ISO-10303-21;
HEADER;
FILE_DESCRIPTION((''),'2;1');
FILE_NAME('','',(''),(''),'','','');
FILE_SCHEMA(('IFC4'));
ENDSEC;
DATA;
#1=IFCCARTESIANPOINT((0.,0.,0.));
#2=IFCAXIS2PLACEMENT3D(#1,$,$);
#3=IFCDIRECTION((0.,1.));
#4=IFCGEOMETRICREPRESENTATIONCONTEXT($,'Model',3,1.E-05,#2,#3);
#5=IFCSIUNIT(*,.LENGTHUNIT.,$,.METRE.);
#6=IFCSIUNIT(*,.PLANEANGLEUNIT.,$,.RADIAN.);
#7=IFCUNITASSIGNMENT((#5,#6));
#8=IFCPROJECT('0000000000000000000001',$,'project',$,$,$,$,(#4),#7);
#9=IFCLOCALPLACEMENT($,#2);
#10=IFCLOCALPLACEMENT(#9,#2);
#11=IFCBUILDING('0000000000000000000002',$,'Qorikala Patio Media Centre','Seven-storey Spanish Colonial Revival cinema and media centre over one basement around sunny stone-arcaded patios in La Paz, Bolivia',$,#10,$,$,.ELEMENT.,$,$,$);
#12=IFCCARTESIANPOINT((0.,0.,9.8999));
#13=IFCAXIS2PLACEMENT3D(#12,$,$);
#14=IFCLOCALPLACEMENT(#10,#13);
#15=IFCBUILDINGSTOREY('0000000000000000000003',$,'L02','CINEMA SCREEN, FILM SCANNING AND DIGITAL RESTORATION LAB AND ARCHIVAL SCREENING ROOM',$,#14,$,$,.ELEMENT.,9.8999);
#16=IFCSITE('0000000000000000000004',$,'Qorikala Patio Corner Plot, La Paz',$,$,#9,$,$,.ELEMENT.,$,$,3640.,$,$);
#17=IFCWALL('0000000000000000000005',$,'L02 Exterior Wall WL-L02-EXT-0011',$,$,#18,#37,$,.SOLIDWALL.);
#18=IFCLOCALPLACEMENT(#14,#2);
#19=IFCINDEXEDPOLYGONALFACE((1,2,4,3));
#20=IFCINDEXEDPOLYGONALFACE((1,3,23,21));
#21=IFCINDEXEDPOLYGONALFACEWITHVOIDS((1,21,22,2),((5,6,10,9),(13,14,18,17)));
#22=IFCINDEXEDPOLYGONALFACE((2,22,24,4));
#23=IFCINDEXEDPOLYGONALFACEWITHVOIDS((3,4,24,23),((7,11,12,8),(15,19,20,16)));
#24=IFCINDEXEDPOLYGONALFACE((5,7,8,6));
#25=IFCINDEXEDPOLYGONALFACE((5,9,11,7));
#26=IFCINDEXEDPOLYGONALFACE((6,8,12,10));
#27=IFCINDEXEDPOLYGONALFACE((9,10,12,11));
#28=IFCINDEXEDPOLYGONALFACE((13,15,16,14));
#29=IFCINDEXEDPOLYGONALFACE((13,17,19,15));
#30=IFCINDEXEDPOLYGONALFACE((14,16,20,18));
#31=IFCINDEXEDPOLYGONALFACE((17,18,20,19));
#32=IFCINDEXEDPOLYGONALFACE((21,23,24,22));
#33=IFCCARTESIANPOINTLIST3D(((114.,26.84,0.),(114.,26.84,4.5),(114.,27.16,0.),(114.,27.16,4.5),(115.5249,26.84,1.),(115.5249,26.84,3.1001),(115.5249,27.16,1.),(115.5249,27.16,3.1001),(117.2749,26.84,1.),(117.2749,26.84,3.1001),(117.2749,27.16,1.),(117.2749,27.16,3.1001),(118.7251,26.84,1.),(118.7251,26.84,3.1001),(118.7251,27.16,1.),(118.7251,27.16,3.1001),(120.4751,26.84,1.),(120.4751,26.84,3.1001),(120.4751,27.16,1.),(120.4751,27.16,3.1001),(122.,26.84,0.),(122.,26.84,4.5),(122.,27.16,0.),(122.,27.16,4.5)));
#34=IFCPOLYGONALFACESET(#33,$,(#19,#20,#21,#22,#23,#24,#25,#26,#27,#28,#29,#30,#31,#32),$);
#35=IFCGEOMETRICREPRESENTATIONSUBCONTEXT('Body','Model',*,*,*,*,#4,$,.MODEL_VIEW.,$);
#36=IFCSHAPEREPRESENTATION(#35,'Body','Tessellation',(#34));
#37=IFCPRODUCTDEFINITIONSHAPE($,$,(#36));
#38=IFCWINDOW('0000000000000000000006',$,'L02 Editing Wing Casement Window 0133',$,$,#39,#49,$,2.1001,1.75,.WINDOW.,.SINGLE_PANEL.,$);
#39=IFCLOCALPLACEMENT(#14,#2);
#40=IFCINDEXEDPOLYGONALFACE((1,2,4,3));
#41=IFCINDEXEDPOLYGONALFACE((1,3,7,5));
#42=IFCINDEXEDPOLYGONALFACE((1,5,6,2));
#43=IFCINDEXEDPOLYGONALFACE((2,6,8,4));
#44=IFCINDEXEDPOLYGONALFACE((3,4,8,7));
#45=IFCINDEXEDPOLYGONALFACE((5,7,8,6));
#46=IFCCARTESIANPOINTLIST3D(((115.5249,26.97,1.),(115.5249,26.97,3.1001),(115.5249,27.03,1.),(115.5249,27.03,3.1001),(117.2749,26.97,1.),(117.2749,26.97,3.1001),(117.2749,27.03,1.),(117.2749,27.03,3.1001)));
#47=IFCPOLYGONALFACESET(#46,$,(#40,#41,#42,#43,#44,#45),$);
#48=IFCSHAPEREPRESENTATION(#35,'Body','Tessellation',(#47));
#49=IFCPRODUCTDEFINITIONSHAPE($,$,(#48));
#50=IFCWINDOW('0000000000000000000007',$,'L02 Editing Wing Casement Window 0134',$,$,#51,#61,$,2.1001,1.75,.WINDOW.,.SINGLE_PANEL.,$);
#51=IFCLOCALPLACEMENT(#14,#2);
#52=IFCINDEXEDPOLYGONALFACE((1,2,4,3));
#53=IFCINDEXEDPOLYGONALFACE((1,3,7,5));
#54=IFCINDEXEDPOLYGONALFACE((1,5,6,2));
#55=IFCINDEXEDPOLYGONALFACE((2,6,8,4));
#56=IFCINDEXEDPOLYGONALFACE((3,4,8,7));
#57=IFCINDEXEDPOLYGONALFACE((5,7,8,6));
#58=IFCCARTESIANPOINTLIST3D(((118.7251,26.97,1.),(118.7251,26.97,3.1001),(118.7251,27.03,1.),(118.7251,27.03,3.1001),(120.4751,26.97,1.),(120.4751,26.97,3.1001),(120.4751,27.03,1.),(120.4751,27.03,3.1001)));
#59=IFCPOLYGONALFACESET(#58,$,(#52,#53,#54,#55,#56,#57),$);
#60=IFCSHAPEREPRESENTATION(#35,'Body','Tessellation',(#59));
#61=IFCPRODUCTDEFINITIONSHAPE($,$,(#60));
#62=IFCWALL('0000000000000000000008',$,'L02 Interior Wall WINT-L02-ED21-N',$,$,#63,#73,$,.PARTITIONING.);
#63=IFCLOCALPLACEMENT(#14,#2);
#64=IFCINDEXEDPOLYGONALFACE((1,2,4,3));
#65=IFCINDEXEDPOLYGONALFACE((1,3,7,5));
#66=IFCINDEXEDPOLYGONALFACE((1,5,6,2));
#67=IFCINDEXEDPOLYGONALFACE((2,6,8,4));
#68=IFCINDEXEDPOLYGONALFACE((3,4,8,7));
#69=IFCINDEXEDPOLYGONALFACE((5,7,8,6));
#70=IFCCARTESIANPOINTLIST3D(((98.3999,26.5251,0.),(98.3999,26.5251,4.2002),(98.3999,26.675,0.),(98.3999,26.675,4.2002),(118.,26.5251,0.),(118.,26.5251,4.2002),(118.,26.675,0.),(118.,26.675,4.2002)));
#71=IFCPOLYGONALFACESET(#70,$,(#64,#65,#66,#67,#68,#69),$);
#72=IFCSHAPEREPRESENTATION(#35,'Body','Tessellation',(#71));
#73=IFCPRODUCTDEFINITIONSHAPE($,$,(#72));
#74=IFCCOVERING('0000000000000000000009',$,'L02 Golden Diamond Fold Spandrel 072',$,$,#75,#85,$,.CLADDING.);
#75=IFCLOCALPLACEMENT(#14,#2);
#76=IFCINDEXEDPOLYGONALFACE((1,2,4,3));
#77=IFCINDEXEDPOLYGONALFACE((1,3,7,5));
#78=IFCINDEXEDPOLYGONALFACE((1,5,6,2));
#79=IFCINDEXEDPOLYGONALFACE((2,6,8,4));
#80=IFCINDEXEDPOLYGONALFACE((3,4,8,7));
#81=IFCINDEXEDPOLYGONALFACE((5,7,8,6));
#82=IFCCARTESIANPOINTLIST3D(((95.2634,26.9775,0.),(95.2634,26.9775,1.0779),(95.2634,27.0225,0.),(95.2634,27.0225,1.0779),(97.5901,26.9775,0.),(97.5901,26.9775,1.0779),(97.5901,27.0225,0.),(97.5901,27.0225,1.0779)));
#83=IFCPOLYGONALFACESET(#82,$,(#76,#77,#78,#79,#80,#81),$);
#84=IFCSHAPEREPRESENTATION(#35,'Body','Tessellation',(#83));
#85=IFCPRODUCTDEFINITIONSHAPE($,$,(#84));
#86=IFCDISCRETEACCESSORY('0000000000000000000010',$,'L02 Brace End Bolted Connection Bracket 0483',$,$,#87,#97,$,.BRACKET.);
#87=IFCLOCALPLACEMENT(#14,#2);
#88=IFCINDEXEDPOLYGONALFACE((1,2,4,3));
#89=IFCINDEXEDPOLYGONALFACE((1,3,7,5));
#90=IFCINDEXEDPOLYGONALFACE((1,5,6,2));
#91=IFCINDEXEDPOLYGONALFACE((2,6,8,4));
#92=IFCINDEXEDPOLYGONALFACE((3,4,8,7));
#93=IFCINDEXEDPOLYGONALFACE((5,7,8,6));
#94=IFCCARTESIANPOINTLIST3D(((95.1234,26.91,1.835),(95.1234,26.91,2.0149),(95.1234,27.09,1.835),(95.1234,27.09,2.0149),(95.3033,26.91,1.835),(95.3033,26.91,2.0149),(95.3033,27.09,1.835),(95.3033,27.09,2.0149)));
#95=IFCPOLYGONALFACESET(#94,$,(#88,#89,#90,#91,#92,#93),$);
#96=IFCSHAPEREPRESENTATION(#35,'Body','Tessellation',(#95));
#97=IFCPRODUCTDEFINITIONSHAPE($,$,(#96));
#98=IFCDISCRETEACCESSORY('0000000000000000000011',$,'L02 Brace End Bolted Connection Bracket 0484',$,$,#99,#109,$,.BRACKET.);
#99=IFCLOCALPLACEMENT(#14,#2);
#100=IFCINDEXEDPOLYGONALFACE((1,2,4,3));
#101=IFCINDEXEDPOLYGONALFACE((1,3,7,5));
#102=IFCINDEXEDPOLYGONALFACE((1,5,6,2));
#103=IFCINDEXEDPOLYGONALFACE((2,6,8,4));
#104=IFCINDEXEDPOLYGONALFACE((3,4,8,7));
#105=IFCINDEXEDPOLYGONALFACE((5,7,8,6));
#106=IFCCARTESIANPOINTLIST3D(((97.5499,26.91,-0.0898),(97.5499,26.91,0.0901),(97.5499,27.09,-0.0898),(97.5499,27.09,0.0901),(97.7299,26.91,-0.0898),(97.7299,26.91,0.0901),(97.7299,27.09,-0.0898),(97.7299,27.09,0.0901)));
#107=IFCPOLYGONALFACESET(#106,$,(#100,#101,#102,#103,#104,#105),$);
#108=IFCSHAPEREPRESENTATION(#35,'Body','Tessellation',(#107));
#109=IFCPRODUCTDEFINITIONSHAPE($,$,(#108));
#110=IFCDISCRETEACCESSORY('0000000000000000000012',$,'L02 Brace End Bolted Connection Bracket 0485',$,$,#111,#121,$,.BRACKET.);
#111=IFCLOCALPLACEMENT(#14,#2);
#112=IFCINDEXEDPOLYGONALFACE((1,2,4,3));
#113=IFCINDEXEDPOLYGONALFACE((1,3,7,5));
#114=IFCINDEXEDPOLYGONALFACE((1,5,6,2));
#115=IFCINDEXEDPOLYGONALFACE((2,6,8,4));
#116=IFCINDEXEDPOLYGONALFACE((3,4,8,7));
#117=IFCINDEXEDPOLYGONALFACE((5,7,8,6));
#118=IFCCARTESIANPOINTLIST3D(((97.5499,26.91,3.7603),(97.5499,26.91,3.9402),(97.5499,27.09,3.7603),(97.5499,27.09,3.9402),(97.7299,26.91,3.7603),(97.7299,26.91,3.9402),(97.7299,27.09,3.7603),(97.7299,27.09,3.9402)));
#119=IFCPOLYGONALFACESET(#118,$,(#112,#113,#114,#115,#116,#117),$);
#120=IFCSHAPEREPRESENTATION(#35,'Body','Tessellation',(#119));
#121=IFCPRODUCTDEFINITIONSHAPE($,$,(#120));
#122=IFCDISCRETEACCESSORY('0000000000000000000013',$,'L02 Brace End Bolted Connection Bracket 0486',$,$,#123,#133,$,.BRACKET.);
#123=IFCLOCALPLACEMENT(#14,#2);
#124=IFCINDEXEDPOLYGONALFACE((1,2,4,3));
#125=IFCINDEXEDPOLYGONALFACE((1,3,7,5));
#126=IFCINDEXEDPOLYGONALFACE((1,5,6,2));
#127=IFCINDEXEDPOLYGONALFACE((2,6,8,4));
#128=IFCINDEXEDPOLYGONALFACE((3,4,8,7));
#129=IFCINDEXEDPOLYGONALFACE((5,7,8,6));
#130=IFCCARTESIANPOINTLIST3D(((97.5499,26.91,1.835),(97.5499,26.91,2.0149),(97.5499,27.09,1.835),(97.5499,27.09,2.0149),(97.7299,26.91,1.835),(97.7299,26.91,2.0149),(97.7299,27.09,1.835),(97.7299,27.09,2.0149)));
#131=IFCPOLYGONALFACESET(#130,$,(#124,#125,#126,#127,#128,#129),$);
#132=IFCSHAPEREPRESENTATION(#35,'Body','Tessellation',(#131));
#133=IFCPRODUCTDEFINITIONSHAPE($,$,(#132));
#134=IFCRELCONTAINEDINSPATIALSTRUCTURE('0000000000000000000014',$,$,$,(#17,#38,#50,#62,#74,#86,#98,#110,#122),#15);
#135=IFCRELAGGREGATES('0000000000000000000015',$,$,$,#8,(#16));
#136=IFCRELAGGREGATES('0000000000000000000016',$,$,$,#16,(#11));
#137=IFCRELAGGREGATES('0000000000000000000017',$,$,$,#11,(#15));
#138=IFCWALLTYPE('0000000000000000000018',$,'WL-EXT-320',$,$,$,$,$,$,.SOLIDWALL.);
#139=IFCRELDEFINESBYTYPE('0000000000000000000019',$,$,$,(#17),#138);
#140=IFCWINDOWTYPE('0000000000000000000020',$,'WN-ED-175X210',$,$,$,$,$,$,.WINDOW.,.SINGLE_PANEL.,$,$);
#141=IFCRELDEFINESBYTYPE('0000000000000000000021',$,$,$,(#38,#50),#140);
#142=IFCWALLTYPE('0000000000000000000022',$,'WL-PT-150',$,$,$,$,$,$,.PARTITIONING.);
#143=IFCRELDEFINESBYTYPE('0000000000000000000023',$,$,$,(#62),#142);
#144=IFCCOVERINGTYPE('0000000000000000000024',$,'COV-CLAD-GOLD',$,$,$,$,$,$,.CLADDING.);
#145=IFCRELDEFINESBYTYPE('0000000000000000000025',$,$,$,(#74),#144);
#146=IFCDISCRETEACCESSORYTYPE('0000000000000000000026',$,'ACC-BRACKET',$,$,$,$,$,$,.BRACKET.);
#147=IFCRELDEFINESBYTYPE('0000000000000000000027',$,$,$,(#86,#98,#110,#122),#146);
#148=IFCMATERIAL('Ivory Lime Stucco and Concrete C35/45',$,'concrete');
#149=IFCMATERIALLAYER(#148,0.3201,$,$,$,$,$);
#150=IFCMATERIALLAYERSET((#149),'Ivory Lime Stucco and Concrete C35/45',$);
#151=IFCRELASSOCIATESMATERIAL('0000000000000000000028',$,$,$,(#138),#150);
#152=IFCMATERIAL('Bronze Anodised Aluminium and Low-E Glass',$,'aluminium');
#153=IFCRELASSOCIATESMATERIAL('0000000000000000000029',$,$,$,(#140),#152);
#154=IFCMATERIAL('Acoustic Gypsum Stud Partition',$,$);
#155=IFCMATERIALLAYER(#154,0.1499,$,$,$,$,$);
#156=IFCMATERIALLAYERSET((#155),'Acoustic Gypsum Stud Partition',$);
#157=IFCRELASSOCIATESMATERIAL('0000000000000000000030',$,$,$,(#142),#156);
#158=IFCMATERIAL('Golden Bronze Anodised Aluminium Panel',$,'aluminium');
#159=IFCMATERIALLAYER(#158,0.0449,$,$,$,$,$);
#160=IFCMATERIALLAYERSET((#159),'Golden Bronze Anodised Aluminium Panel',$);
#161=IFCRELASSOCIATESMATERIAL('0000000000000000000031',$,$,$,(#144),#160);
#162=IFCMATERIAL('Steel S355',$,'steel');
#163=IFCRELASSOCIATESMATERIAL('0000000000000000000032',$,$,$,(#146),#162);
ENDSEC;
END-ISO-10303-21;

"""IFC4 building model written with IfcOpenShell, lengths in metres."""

from ifc_helpers import new_model, si_unit, direction, frame, frame_2d, origin, origin_2d, place, context, subcontext, project, spatial, rectangle, extrude, material, layer, layer_set, type_object, element, fill, save


model = new_model("IFC4")

# Units and contexts
model_context = context("Model", 3, precision=1e-05, world=origin(), true_north=direction((0.0, 1.0)))
body_context = subcontext(model_context, "Body", "Model", "MODEL_VIEW")
ifc_project = project(units=[si_unit("LENGTHUNIT", "METRE"), si_unit("PLANEANGLEUNIT", "RADIAN")], contexts=[model_context])

# Site, building, storey
site_placement = place(None, origin())
site = spatial("IfcSite", under=ifc_project, at=site_placement, Name="Qorikala Patio Corner Plot, La Paz", CompositionType="ELEMENT", RefElevation=3640.0)
building_placement = place(site_placement, origin())
building = spatial("IfcBuilding", under=site, at=building_placement, Name="Qorikala Patio Media Centre", Description="Seven-storey Spanish Colonial Revival cinema and media centre over one basement around sunny stone-arcaded patios in La Paz, Bolivia", CompositionType="ELEMENT")
storey_placement = place(building_placement, frame((0.0, 0.0, 9.8999)))
storey = spatial("IfcBuildingStorey", under=building, at=storey_placement, Name="L02", Description="CINEMA SCREEN, FILM SCANNING AND DIGITAL RESTORATION LAB AND ARCHIVAL SCREENING ROOM", CompositionType="ELEMENT", Elevation=9.8999)

# Wall, openings, windows
ifc_material_1 = material(Name="Ivory Lime Stucco and Concrete C35/45", Category="concrete")
ifc_layer_1 = layer(ifc_material_1, 0.3201)
ifc_layer_set_1 = layer_set([ifc_layer_1], Name="Ivory Lime Stucco and Concrete C35/45")
wall_type_1 = type_object("IfcWallType", Name="WL-EXT-320", PredefinedType="SOLIDWALL", material=ifc_layer_set_1)
ifc_material_2 = material(Name="Bronze Anodised Aluminium and Low-E Glass", Category="aluminium")
wall_1_placement = place(storey_placement, frame((114.0, 27.0, 0.0), z_axis=(0.0, 0.0, 1.0), x_axis=(1.0, 0.0, 0.0)))
wall_1 = element("IfcWall", 1, at=wall_1_placement, inside=storey, type_object=wall_type_1, Name="L02 Exterior Wall WL-L02-EXT-0011", PredefinedType="SOLIDWALL", context=body_context, shape_type="SweptSolid", body=[
    extrude(rectangle(XDim=8.0, YDim=0.3201, at=frame_2d((4.0, 0.0))), origin(), (0.0, 0.0, 1.0), 4.5),
])
opening_1_placement = place(wall_1_placement, frame((1.5249, 0.0, 1.0)))
opening_1 = element("IfcOpeningElement", 2, at=opening_1_placement, cuts=wall_1, PredefinedType="OPENING", context=body_context, shape_type="SweptSolid", body=[
    extrude(rectangle(XDim=1.75, YDim=2.1001, at=frame_2d((0.875, 1.05))), frame((0.0, 0.1699, 0.0), z_axis=(0.0, -1.0, 0.0), x_axis=(1.0, 0.0, 0.0)), (0.0, 0.0, 1.0), 0.3401),
])
opening_2_placement = place(wall_1_placement, frame((4.7251, 0.0, 1.0)))
opening_2 = element("IfcOpeningElement", 3, at=opening_2_placement, cuts=wall_1, PredefinedType="OPENING", context=body_context, shape_type="SweptSolid", body=[
    extrude(rectangle(XDim=1.75, YDim=2.1001, at=frame_2d((0.875, 1.05))), frame((0.0, 0.1699, 0.0), z_axis=(0.0, -1.0, 0.0), x_axis=(1.0, 0.0, 0.0)), (0.0, 0.0, 1.0), 0.3401),
])
window_type_1 = type_object("IfcWindowType", Name="WN-ED-175X210", PartitioningType="SINGLE_PANEL", PredefinedType="WINDOW", material=ifc_material_2)
window_1_placement = place(opening_1_placement, origin())
window_1 = element("IfcWindow", 4, at=window_1_placement, inside=storey, type_object=window_type_1, Name="L02 Editing Wing Casement Window 0133", OverallHeight=2.1001, OverallWidth=1.75, PartitioningType="SINGLE_PANEL", PredefinedType="WINDOW", context=body_context, shape_type="SweptSolid", body=[
    extrude(rectangle(XDim=1.75, YDim=2.1001, at=frame_2d((0.875, 1.05))), frame((0.0, 0.03, 0.0), z_axis=(0.0, -1.0, 0.0), x_axis=(1.0, 0.0, 0.0)), (0.0, 0.0, 1.0), 0.0601),
])
fill(opening_1, window_1)
window_2_placement = place(opening_2_placement, origin())
window_2 = element("IfcWindow", 5, at=window_2_placement, inside=storey, type_object=window_type_1, Name="L02 Editing Wing Casement Window 0134", OverallHeight=2.1001, OverallWidth=1.75, PartitioningType="SINGLE_PANEL", PredefinedType="WINDOW", context=body_context, shape_type="SweptSolid", body=[
    extrude(rectangle(XDim=1.75, YDim=2.1001, at=frame_2d((0.875, 1.05))), frame((0.0, 0.03, 0.0), z_axis=(0.0, -1.0, 0.0), x_axis=(1.0, 0.0, 0.0)), (0.0, 0.0, 1.0), 0.0601),
])
fill(opening_2, window_2)

# Wall
ifc_material_3 = material(Name="Acoustic Gypsum Stud Partition")
ifc_layer_2 = layer(ifc_material_3, 0.1499)
ifc_layer_set_2 = layer_set([ifc_layer_2], Name="Acoustic Gypsum Stud Partition")
wall_type_2 = type_object("IfcWallType", Name="WL-PT-150", PredefinedType="PARTITIONING", material=ifc_layer_set_2)
wall_2_placement = place(storey_placement, frame((98.3999, 26.6001, 0.0), z_axis=(0.0, 0.0, 1.0), x_axis=(1.0, 0.0, 0.0)))
element("IfcWall", 6, at=wall_2_placement, inside=storey, type_object=wall_type_2, Name="L02 Interior Wall WINT-L02-ED21-N", PredefinedType="PARTITIONING", context=body_context, shape_type="SweptSolid", body=[
    extrude(rectangle(XDim=19.6001, YDim=0.1499, at=frame_2d((9.8, 0.0))), origin(), (0.0, 0.0, 1.0), 4.2002),
])

# Covering
ifc_material_4 = material(Name="Golden Bronze Anodised Aluminium Panel", Category="aluminium")
ifc_layer_3 = layer(ifc_material_4, 0.0449)
ifc_layer_set_3 = layer_set([ifc_layer_3], Name="Golden Bronze Anodised Aluminium Panel")
covering_type = type_object("IfcCoveringType", Name="COV-CLAD-GOLD", PredefinedType="CLADDING", material=ifc_layer_set_3)
covering_placement = place(storey_placement, frame((96.4268, 27.0, 0.0), z_axis=(0.0, 0.0, 1.0), x_axis=(1.0, 0.0, 0.0)))
element("IfcCovering", 7, at=covering_placement, inside=storey, type_object=covering_type, Name="L02 Golden Diamond Fold Spandrel 072", PredefinedType="CLADDING", context=body_context, shape_type="SweptSolid", body=[
    extrude(rectangle(XDim=2.3267, YDim=0.0449, at=origin_2d()), origin(), (0.0, 0.0, 1.0), 1.0779),
])

# Discrete accessories
ifc_material_5 = material(Name="Steel S355", Category="steel")
discrete_accessory_type = type_object("IfcDiscreteAccessoryType", Name="ACC-BRACKET", PredefinedType="BRACKET", material=ifc_material_5)
for number, where, z_axis, x_axis, name in (
    (8, (95.2134, 27.0, 1.835), (0.0, 0.0, 1.0), (1.0, 0.0, 0.0), "L02 Brace End Bolted Connection Bracket 0483"),
    (9, (97.6399, 27.0, -0.0898), (0.0, 0.0, 1.0), (1.0, 0.0, 0.0), "L02 Brace End Bolted Connection Bracket 0484"),
    (10, (97.6399, 27.0, 3.7603), (0.0, 0.0, 1.0), (1.0, 0.0, 0.0), "L02 Brace End Bolted Connection Bracket 0485"),
    (11, (97.6399, 27.0, 1.835), (0.0, 0.0, 1.0), (1.0, 0.0, 0.0), "L02 Brace End Bolted Connection Bracket 0486"),
):
    element("IfcDiscreteAccessory", number, at=place(storey_placement, frame(where, z_axis=z_axis, x_axis=x_axis)), inside=storey, type_object=discrete_accessory_type, Name=name, PredefinedType="BRACKET", context=body_context, shape_type="SweptSolid", body=[
        extrude(rectangle(XDim=0.1799, YDim=0.1799, at=origin_2d()), origin(), (0.0, 0.0, 1.0), 0.1799),
    ])

save(model, "model.ifc")
